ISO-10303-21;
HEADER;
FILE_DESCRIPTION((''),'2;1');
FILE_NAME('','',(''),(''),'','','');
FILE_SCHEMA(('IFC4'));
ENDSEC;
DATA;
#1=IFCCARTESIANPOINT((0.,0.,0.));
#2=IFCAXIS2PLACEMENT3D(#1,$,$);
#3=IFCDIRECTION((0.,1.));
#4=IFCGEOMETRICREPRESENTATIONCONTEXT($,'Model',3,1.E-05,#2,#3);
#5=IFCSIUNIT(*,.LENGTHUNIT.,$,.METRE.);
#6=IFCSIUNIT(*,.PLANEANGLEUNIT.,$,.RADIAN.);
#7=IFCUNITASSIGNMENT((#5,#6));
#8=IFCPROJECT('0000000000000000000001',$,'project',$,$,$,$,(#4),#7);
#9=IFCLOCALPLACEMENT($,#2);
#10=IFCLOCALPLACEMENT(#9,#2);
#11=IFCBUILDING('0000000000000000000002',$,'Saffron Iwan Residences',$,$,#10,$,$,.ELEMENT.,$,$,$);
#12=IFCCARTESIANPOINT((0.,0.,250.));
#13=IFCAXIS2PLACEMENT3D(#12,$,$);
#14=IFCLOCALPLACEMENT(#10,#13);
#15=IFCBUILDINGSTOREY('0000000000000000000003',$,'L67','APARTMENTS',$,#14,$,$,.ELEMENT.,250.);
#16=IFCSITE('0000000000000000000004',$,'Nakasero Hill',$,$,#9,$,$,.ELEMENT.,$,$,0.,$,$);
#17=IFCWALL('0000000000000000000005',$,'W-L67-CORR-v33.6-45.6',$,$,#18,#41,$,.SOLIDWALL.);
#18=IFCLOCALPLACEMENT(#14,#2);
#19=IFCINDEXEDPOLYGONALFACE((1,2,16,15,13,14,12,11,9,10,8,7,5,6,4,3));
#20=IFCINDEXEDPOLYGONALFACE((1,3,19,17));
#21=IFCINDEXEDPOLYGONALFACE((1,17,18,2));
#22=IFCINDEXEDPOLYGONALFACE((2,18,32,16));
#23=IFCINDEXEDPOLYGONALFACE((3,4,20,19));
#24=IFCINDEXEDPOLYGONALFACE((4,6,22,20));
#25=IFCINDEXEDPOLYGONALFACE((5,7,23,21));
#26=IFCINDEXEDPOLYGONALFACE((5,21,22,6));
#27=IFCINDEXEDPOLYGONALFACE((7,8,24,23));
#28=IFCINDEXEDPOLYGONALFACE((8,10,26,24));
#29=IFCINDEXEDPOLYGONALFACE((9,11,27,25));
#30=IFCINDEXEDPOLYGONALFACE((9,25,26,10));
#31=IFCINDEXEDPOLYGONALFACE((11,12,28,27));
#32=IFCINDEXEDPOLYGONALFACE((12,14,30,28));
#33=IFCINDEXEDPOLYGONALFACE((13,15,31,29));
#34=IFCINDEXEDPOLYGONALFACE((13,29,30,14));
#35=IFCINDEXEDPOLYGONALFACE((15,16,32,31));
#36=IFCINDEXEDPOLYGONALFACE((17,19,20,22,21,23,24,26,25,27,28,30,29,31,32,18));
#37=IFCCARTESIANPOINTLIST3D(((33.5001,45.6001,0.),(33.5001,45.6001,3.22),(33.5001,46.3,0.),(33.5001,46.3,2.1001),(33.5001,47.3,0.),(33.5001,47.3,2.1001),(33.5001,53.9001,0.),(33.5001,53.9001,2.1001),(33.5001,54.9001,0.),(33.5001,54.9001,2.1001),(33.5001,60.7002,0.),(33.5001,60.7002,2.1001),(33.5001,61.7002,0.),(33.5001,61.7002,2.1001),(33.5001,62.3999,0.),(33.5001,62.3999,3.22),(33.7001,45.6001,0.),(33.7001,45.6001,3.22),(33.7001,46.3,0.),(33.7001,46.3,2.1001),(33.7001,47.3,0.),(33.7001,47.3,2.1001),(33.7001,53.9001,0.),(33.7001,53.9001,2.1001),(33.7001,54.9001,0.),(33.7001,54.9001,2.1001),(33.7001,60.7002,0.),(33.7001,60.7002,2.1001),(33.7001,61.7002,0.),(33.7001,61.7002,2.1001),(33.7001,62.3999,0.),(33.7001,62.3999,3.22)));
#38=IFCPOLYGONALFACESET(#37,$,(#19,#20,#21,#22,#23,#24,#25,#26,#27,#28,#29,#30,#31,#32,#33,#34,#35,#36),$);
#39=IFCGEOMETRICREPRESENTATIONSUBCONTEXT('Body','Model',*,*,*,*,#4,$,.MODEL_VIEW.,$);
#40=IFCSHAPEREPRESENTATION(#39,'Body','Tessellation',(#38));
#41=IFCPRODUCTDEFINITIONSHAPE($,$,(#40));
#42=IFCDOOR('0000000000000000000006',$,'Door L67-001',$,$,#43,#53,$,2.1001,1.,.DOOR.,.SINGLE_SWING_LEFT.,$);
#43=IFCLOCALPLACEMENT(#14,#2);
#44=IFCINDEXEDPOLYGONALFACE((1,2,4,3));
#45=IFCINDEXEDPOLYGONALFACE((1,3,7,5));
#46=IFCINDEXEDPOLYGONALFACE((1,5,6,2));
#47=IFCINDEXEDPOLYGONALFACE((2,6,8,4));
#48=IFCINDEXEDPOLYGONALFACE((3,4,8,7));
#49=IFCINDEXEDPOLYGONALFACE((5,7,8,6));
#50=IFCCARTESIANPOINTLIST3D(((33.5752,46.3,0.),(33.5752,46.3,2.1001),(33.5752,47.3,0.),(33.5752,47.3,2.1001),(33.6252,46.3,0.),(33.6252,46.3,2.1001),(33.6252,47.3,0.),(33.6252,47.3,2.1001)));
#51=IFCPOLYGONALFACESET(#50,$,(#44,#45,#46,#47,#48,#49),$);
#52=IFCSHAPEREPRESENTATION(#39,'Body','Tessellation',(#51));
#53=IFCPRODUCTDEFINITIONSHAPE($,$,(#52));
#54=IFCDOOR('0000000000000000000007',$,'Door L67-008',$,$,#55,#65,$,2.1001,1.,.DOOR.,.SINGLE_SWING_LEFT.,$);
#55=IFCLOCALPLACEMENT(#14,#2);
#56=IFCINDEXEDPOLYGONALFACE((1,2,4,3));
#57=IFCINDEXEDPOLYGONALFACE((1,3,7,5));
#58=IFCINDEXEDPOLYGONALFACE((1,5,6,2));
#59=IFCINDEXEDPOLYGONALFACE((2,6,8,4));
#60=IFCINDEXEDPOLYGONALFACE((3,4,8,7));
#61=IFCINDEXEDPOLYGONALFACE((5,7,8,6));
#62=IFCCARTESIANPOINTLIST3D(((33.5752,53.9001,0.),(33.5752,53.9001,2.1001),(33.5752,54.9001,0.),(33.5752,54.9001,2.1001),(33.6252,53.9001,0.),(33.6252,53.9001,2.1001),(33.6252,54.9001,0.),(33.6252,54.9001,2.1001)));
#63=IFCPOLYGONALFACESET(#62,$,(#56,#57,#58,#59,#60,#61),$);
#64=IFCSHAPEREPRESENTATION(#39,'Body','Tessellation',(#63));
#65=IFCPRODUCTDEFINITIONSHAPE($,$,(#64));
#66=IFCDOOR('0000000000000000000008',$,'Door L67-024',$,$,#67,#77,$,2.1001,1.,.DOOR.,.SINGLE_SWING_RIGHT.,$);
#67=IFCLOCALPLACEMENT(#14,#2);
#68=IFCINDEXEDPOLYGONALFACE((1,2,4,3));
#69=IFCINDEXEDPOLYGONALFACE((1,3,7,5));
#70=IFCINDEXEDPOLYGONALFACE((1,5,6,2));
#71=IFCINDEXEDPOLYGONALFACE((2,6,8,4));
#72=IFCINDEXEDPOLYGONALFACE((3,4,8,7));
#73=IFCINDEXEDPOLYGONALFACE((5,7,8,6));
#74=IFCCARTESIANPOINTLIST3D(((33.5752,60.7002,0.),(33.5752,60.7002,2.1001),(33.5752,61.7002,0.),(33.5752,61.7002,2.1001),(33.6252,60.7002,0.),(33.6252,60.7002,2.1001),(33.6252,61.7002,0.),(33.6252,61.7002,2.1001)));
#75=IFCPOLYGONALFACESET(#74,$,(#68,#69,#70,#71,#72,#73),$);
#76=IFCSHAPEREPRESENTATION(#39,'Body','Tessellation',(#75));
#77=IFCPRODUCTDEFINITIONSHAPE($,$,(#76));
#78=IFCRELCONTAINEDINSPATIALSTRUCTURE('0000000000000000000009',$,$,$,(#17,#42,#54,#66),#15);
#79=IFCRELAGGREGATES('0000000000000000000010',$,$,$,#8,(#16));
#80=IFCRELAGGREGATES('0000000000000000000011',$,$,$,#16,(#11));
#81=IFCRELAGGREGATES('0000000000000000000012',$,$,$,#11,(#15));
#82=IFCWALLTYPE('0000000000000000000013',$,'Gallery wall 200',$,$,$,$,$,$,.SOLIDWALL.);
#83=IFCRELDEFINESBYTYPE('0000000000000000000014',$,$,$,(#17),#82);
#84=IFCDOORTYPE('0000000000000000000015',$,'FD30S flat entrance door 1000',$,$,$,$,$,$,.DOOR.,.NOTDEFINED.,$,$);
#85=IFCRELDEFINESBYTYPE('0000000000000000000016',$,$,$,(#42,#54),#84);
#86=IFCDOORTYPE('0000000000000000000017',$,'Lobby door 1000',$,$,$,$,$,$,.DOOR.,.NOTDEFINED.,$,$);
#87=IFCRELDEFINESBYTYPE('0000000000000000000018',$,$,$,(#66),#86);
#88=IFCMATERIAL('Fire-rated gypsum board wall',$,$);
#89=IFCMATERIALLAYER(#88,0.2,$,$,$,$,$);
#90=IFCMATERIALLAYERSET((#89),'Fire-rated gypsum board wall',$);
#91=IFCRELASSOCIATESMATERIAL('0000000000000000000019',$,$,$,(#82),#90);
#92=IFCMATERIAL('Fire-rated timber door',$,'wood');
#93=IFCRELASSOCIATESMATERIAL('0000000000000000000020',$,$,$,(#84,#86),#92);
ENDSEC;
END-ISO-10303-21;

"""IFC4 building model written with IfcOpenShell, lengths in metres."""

from ifc_helpers import new_model, si_unit, direction, frame, frame_2d, origin, place, context, subcontext, project, spatial, rectangle, extrude, material, layer, layer_set, type_object, element, fill, save


model = new_model("IFC4")

# Units and contexts
model_context = context("Model", 3, precision=1e-05, world=origin(), true_north=direction((0.0, 1.0)))
body_context = subcontext(model_context, "Body", "Model", "MODEL_VIEW")
ifc_project = project(units=[si_unit("LENGTHUNIT", "METRE"), si_unit("PLANEANGLEUNIT", "RADIAN")], contexts=[model_context])

# Site, building, storey
site_placement = place(None, origin())
site = spatial("IfcSite", under=ifc_project, at=site_placement, Name="Nakasero Hill", CompositionType="ELEMENT", RefElevation=0.0)
building_placement = place(site_placement, origin())
building = spatial("IfcBuilding", under=site, at=building_placement, Name="Saffron Iwan Residences", CompositionType="ELEMENT")
storey_placement = place(building_placement, frame((0.0, 0.0, 250.0)))
storey = spatial("IfcBuildingStorey", under=building, at=storey_placement, Name="L67", Description="APARTMENTS", CompositionType="ELEMENT", Elevation=250.0)

# Shared definitions
ifc_material_1 = material(Name="Fire-rated gypsum board wall")
ifc_layer_1 = layer(ifc_material_1, 0.2)
ifc_layer_set_1 = layer_set([ifc_layer_1], Name="Fire-rated gypsum board wall")
wall_type_1 = type_object("IfcWallType", Name="Gallery wall 200", PredefinedType="SOLIDWALL", material=ifc_layer_set_1)

# Wall, openings, doors
wall_1_placement = place(storey_placement, frame((33.6001, 45.6001, 0.0), z_axis=(0.0, 0.0, 1.0), x_axis=(0.0, 1.0, 0.0)))
wall_1 = element("IfcWall", 1, at=wall_1_placement, inside=storey, type_object=wall_type_1, Name="W-L67-CORR-v33.6-45.6", PredefinedType="SOLIDWALL", context=body_context, shape_type="SweptSolid", body=[
    extrude(rectangle(XDim=16.7998, YDim=0.2, at=frame_2d((8.3999, 0.0))), origin(), (0.0, 0.0, 1.0), 3.22),
])
opening_1_placement = place(wall_1_placement, frame((0.7, 0.0, 0.0)))
opening_1 = element("IfcOpeningElement", 2, at=opening_1_placement, cuts=wall_1, PredefinedType="OPENING", context=body_context, shape_type="SweptSolid", body=[
    extrude(rectangle(XDim=1.0, YDim=2.1001, at=frame_2d((0.5, 1.05))), frame((0.0, 0.1099, 0.0), z_axis=(0.0, -1.0, 0.0), x_axis=(1.0, 0.0, 0.0)), (0.0, 0.0, 1.0), 0.22),
])
opening_2_placement = place(wall_1_placement, frame((8.3, 0.0, 0.0)))
opening_2 = element("IfcOpeningElement", 3, at=opening_2_placement, cuts=wall_1, PredefinedType="OPENING", context=body_context, shape_type="SweptSolid", body=[
    extrude(rectangle(XDim=1.0, YDim=2.1001, at=frame_2d((0.5, 1.05))), frame((0.0, 0.1099, 0.0), z_axis=(0.0, -1.0, 0.0), x_axis=(1.0, 0.0, 0.0)), (0.0, 0.0, 1.0), 0.22),
])
opening_3_placement = place(wall_1_placement, frame((15.1001, 0.0, 0.0)))
opening_3 = element("IfcOpeningElement", 4, at=opening_3_placement, cuts=wall_1, PredefinedType="OPENING", context=body_context, shape_type="SweptSolid", body=[
    extrude(rectangle(XDim=1.0, YDim=2.1001, at=frame_2d((0.5, 1.05))), frame((0.0, 0.1099, 0.0), z_axis=(0.0, -1.0, 0.0), x_axis=(1.0, 0.0, 0.0)), (0.0, 0.0, 1.0), 0.22),
])
ifc_material_2 = material(Name="Fire-rated timber door", Category="wood")
door_type_1 = type_object("IfcDoorType", Name="FD30S flat entrance door 1000", OperationType="NOTDEFINED", PredefinedType="DOOR", material=ifc_material_2)
door_1_placement = place(opening_1_placement, origin())
door_1 = element("IfcDoor", 5, at=door_1_placement, inside=storey, type_object=door_type_1, Name="Door L67-001", OperationType="SINGLE_SWING_LEFT", OverallHeight=2.1001, OverallWidth=1.0, PredefinedType="DOOR", context=body_context, shape_type="SweptSolid", body=[
    extrude(rectangle(XDim=1.0, YDim=2.1001, at=frame_2d((0.5, 1.05))), frame((0.0, 0.0249, 0.0), z_axis=(0.0, -1.0, 0.0), x_axis=(1.0, 0.0, 0.0)), (0.0, 0.0, 1.0), 0.05),
])
fill(opening_1, door_1)
door_2_placement = place(opening_2_placement, origin())
door_2 = element("IfcDoor", 6, at=door_2_placement, inside=storey, type_object=door_type_1, Name="Door L67-008", OperationType="SINGLE_SWING_LEFT", OverallHeight=2.1001, OverallWidth=1.0, PredefinedType="DOOR", context=body_context, shape_type="SweptSolid", body=[
    extrude(rectangle(XDim=1.0, YDim=2.1001, at=frame_2d((0.5, 1.05))), frame((0.0, 0.0249, 0.0), z_axis=(0.0, -1.0, 0.0), x_axis=(1.0, 0.0, 0.0)), (0.0, 0.0, 1.0), 0.05),
])
fill(opening_2, door_2)
door_type_2 = type_object("IfcDoorType", Name="Lobby door 1000", OperationType="NOTDEFINED", PredefinedType="DOOR", material=ifc_material_2)
door_3_placement = place(opening_3_placement, origin())
door_3 = element("IfcDoor", 7, at=door_3_placement, inside=storey, type_object=door_type_2, Name="Door L67-024", OperationType="SINGLE_SWING_RIGHT", OverallHeight=2.1001, OverallWidth=1.0, PredefinedType="DOOR", context=body_context, shape_type="SweptSolid", body=[
    extrude(rectangle(XDim=1.0, YDim=2.1001, at=frame_2d((0.5, 1.05))), frame((0.0, 0.0249, 0.0), z_axis=(0.0, -1.0, 0.0), x_axis=(1.0, 0.0, 0.0)), (0.0, 0.0, 1.0), 0.05),
])
fill(opening_3, door_3)

save(model, "model.ifc")
